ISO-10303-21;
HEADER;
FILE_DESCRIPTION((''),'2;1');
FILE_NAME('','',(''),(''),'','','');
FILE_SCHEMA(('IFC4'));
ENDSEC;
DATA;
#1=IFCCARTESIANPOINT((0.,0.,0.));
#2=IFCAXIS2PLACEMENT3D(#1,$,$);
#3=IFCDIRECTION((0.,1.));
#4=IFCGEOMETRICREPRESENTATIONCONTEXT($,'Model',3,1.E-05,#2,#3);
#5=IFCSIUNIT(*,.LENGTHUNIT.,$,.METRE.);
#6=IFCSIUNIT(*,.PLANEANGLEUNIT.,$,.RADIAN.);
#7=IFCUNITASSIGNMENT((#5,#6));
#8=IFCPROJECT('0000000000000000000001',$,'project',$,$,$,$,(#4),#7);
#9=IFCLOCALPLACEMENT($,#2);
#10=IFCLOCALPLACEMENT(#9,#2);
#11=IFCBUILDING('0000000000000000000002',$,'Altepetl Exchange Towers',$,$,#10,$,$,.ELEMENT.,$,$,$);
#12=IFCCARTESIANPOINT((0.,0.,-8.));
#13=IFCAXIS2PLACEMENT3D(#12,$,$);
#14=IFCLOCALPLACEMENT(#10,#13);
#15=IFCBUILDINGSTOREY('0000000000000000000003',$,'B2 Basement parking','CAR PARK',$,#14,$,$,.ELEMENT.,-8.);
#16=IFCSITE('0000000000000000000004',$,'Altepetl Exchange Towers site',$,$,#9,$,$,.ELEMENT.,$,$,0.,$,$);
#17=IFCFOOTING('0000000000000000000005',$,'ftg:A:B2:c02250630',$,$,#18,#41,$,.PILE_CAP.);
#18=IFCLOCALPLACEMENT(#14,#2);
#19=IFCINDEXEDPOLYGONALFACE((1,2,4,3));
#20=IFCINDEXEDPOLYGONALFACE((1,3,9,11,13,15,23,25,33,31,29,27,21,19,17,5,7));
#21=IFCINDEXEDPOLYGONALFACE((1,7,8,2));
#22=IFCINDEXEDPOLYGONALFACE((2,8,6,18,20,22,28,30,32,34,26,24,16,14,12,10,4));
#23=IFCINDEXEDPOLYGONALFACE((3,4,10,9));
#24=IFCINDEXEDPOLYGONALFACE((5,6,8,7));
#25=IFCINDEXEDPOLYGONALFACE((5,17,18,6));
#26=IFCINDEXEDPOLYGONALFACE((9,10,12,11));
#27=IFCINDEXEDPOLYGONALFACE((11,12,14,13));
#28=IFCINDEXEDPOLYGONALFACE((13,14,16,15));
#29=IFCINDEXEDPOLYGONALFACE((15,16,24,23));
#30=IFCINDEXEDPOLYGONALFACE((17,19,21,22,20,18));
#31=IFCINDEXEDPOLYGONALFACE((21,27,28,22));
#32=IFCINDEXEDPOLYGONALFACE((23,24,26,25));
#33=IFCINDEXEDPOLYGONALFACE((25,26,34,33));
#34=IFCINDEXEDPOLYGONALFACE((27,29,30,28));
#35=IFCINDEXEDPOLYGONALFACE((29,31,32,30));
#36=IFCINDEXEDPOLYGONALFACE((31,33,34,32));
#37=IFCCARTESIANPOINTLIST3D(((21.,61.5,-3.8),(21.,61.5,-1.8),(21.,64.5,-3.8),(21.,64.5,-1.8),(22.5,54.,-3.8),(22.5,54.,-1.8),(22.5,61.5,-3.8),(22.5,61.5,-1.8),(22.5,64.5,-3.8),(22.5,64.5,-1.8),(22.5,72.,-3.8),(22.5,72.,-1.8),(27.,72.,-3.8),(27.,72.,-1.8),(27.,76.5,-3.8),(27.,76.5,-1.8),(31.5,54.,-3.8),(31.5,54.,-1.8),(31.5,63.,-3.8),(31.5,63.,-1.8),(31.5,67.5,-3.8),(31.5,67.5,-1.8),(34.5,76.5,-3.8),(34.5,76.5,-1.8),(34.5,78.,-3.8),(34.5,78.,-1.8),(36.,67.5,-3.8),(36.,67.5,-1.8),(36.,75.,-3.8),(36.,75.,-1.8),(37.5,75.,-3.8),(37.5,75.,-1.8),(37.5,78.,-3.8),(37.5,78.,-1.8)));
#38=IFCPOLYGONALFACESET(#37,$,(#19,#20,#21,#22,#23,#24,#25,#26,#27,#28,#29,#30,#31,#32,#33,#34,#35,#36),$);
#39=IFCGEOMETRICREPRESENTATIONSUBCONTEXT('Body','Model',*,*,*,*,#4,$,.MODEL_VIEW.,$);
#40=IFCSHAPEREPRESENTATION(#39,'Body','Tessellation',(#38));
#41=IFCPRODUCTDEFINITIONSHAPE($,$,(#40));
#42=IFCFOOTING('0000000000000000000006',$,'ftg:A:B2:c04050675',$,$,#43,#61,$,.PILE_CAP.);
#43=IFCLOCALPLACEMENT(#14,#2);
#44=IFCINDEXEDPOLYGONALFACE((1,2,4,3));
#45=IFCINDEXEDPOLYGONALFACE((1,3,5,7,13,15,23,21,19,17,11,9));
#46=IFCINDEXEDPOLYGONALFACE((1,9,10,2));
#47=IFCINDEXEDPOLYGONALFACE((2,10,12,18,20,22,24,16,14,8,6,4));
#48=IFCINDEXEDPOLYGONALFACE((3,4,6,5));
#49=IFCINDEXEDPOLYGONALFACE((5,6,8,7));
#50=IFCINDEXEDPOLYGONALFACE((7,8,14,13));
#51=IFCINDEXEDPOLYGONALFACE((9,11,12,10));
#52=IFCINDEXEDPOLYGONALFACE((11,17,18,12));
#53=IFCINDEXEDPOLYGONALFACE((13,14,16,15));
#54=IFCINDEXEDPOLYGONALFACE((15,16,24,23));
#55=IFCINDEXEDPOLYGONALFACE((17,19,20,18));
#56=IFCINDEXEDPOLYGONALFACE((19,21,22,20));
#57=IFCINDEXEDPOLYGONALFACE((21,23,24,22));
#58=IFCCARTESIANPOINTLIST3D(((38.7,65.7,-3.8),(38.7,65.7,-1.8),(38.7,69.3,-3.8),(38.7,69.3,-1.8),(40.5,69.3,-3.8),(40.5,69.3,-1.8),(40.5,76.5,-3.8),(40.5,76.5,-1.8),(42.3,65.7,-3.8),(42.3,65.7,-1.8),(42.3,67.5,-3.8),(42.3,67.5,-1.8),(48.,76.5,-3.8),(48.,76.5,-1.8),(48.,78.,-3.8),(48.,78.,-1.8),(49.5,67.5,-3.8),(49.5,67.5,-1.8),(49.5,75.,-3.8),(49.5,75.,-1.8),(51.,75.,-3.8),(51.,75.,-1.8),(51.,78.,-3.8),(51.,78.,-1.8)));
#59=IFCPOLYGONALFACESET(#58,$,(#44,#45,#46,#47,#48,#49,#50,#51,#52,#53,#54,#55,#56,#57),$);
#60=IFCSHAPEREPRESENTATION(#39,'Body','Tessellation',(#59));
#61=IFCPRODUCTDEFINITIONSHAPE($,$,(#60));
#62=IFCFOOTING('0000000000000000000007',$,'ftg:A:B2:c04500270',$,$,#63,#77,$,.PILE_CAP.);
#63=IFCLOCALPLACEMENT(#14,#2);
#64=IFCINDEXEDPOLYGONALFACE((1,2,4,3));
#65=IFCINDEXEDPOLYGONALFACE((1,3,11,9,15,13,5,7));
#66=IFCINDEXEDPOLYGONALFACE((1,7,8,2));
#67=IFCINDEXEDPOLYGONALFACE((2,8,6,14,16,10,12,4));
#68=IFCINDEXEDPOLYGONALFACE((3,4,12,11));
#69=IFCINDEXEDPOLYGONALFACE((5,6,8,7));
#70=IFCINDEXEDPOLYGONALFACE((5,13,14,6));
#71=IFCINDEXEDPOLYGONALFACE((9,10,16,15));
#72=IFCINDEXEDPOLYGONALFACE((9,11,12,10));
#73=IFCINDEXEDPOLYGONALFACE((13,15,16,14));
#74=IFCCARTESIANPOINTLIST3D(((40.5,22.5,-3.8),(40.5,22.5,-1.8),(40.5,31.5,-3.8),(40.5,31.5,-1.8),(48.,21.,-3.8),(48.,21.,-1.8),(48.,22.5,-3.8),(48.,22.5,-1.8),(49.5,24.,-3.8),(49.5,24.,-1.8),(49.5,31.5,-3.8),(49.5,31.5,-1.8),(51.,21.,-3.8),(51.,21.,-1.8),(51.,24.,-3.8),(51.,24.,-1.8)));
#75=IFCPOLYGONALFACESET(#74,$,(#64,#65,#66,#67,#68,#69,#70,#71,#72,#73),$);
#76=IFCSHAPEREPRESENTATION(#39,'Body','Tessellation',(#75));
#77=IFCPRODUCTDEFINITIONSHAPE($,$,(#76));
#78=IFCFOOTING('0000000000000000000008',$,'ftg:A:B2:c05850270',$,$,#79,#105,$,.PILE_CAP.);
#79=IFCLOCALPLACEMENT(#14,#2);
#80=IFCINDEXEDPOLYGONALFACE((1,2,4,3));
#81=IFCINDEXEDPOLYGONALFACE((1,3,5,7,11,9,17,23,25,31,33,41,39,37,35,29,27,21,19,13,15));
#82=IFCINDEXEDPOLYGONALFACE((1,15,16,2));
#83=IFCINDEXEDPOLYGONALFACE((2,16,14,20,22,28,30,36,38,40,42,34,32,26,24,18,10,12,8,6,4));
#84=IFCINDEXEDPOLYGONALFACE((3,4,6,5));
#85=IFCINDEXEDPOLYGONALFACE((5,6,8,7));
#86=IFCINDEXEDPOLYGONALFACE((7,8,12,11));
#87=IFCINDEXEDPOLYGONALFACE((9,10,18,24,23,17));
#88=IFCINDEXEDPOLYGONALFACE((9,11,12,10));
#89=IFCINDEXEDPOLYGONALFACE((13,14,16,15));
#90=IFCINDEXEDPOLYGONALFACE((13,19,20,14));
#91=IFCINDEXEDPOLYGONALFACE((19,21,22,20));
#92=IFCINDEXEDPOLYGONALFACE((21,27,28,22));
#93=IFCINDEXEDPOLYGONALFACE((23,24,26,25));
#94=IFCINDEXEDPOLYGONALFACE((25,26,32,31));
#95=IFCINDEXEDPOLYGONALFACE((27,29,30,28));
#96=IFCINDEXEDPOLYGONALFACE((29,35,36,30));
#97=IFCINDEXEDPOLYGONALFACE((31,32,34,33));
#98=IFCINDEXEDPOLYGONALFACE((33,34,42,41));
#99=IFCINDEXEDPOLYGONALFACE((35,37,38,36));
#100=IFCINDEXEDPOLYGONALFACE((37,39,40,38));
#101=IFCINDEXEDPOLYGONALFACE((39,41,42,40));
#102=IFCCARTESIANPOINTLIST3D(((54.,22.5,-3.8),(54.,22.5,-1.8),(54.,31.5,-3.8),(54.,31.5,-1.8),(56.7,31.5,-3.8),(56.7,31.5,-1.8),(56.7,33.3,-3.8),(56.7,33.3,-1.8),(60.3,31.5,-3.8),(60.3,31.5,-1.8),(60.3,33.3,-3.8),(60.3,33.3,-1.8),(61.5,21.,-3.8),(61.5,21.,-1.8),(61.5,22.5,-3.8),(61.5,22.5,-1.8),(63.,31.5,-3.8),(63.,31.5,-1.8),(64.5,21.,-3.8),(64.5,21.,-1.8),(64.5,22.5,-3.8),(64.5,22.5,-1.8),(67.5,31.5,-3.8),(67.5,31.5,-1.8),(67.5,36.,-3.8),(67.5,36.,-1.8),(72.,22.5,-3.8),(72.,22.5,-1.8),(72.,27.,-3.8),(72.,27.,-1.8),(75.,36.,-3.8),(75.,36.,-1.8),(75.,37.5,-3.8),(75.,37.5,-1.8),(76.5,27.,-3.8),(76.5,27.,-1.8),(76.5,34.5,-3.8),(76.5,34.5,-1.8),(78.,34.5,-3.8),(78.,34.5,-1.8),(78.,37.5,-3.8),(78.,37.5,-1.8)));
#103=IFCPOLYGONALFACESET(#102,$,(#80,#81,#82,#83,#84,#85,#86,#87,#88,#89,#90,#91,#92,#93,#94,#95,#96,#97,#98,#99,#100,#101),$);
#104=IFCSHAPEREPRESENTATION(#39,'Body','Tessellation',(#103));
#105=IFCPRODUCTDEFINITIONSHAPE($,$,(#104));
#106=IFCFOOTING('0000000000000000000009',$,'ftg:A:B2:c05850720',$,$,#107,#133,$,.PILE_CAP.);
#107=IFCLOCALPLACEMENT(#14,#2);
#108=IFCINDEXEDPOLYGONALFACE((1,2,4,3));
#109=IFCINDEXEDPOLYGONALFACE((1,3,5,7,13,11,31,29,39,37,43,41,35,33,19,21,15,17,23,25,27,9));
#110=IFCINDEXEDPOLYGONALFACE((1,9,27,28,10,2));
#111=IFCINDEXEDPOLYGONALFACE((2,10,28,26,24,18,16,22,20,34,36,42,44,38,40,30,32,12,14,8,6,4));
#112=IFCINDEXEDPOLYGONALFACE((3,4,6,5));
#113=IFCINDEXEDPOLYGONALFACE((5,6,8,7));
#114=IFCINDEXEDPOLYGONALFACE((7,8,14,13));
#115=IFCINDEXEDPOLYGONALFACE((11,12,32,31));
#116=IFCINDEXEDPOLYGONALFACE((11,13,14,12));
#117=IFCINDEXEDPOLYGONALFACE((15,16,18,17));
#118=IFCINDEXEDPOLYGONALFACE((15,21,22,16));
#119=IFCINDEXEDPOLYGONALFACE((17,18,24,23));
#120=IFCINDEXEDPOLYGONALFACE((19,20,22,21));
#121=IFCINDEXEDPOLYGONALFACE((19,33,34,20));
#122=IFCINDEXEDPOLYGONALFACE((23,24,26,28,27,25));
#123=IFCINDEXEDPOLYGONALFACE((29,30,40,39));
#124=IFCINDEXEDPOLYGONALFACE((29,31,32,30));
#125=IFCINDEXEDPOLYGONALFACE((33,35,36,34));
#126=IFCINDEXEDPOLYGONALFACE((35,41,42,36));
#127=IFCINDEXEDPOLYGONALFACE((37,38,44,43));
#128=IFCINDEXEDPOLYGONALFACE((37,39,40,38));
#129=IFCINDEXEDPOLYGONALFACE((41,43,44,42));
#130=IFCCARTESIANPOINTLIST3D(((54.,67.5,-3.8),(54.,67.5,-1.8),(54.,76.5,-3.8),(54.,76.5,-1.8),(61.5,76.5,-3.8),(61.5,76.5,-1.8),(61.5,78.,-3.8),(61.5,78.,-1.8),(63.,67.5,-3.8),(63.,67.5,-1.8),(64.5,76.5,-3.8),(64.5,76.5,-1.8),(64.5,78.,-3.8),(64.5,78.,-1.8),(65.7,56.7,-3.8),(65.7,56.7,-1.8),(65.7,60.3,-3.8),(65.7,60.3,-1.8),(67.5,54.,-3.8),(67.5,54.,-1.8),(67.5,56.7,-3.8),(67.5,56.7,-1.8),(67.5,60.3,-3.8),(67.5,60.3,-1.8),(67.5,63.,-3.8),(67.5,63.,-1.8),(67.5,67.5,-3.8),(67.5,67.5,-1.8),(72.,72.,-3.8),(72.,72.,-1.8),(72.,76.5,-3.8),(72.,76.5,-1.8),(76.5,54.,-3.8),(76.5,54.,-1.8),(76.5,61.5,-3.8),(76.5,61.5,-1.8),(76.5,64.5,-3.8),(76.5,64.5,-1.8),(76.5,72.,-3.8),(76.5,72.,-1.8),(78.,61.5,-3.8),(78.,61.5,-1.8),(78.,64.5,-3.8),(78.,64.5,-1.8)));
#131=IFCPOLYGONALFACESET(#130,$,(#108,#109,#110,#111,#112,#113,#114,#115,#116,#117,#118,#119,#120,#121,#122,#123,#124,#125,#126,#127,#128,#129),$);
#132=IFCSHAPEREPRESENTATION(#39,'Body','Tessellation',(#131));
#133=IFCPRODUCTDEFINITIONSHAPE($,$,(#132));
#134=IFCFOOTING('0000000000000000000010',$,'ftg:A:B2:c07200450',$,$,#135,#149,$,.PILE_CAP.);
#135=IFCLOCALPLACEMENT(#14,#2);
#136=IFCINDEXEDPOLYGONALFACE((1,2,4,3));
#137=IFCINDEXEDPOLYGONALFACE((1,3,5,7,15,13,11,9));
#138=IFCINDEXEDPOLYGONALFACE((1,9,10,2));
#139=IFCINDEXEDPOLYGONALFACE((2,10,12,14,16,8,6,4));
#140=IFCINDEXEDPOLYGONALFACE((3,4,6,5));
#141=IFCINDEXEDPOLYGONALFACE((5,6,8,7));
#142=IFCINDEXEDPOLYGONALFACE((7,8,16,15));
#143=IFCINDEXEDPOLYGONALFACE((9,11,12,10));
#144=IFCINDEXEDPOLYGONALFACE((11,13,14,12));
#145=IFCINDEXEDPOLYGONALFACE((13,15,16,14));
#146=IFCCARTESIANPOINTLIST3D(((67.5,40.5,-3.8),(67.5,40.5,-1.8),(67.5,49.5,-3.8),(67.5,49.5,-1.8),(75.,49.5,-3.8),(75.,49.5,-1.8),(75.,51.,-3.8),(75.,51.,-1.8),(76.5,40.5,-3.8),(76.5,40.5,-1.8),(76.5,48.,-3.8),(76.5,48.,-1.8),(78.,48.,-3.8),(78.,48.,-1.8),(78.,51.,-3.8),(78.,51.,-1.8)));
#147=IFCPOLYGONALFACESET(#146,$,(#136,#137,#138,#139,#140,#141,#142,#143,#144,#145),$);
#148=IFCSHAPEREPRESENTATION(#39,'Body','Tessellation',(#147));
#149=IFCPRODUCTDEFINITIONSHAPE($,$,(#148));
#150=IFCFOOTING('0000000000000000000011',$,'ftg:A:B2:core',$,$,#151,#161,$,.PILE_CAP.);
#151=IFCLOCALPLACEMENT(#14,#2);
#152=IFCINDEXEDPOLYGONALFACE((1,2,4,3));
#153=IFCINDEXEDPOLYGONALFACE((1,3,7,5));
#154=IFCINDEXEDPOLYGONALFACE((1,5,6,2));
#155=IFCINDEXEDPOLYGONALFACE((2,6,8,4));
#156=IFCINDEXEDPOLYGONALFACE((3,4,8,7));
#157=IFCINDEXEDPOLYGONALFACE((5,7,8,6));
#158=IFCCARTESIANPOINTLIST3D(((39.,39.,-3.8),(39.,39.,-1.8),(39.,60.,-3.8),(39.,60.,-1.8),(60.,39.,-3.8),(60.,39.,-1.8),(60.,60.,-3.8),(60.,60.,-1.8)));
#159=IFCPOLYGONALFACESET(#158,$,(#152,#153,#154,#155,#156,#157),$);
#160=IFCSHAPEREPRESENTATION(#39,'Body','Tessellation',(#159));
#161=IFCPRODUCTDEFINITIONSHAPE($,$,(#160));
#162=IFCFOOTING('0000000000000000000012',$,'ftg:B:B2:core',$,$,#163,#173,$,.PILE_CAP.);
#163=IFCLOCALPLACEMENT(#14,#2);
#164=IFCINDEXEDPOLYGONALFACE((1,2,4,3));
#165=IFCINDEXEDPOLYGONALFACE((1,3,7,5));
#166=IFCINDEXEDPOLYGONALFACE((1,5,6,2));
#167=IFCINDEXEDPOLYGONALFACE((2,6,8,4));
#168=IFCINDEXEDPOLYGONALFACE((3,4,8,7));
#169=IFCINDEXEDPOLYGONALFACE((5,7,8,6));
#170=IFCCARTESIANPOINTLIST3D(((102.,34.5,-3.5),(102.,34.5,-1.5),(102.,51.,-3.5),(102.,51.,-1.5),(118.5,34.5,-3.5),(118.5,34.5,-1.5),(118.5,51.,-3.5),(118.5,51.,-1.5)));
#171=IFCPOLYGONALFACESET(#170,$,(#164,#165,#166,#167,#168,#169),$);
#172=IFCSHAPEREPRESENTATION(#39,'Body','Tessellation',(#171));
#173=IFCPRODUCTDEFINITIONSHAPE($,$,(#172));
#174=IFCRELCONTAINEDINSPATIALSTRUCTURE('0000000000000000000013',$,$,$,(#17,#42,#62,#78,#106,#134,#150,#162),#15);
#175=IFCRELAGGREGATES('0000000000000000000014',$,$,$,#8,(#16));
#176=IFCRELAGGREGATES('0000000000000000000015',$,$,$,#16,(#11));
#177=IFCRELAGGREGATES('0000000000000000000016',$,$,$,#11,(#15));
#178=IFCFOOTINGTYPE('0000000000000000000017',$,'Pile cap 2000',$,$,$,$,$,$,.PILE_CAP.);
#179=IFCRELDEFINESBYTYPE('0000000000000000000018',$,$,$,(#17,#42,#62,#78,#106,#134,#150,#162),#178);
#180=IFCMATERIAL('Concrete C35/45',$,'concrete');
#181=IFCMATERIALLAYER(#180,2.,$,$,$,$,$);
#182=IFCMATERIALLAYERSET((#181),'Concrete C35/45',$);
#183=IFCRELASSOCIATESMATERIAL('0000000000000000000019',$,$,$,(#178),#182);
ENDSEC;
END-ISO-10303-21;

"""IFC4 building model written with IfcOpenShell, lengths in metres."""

from ifc_helpers import new_model, si_unit, direction, frame, origin, place, context, subcontext, project, spatial, polyline, outline, extrude, material, layer, layer_set, type_object, element, save


model = new_model("IFC4")

# Units and contexts
model_context = context("Model", 3, precision=1e-05, world=origin(), true_north=direction((0.0, 1.0)))
body_context = subcontext(model_context, "Body", "Model", "MODEL_VIEW")
ifc_project = project(units=[si_unit("LENGTHUNIT", "METRE"), si_unit("PLANEANGLEUNIT", "RADIAN")], contexts=[model_context])

# Site, building, storey
site_placement = place(None, origin())
site = spatial("IfcSite", under=ifc_project, at=site_placement, Name="Altepetl Exchange Towers site", CompositionType="ELEMENT", RefElevation=0.0)
building_placement = place(site_placement, origin())
building = spatial("IfcBuilding", under=site, at=building_placement, Name="Altepetl Exchange Towers", CompositionType="ELEMENT")
storey_placement = place(building_placement, frame((0.0, 0.0, -8.0)))
storey = spatial("IfcBuildingStorey", under=building, at=storey_placement, Name="B2 Basement parking", Description="CAR PARK", CompositionType="ELEMENT", Elevation=-8.0)

# Footings
ifc_material = material(Name="Concrete C35/45", Category="concrete")
ifc_layer_1 = layer(ifc_material, 2.0)
ifc_layer_set_1 = layer_set([ifc_layer_1], Name="Concrete C35/45")
footing_type_1 = type_object("IfcFootingType", Name="Pile cap 2000", PredefinedType="PILE_CAP", material=ifc_layer_set_1)
footing_1_placement = place(storey_placement, frame((0.0, 0.0, -3.8)))
element("IfcFooting", 1, at=footing_1_placement, inside=storey, type_object=footing_type_1, Name="ftg:A:B2:c02250630", PredefinedType="PILE_CAP", context=body_context, shape_type="SweptSolid", body=[
    extrude(outline(polyline([(31.5, 54.0), (31.5, 63.0), (31.5, 67.5), (36.0, 67.5), (36.0, 75.0), (37.5, 75.0), (37.5, 78.0), (34.5, 78.0), (34.5, 76.5), (27.0, 76.5), (27.0, 72.0), (22.5, 72.0), (22.5, 64.5), (21.0, 64.5), (21.0, 61.5), (22.5, 61.5), (22.5, 54.0), (31.5, 54.0)])), origin(), (0.0, 0.0, 1.0), 2.0),
])
footing_2_placement = place(storey_placement, frame((0.0, 0.0, -3.8)))
element("IfcFooting", 2, at=footing_2_placement, inside=storey, type_object=footing_type_1, Name="ftg:A:B2:c04050675", PredefinedType="PILE_CAP", context=body_context, shape_type="SweptSolid", body=[
    extrude(outline(polyline([(42.3, 65.7), (42.3, 67.5), (49.5, 67.5), (49.5, 75.0), (51.0, 75.0), (51.0, 78.0), (48.0, 78.0), (48.0, 76.5), (40.5, 76.5), (40.5, 69.3), (38.7, 69.3), (38.7, 65.7), (42.3, 65.7)])), origin(), (0.0, 0.0, 1.0), 2.0),
])
footing_3_placement = place(storey_placement, frame((0.0, 0.0, -3.8)))
element("IfcFooting", 3, at=footing_3_placement, inside=storey, type_object=footing_type_1, Name="ftg:A:B2:c04500270", PredefinedType="PILE_CAP", context=body_context, shape_type="SweptSolid", body=[
    extrude(outline(polyline([(51.0, 24.0), (49.5, 24.0), (49.5, 31.5), (40.5, 31.5), (40.5, 22.5), (48.0, 22.5), (48.0, 21.0), (51.0, 21.0), (51.0, 24.0)])), origin(), (0.0, 0.0, 1.0), 2.0),
])
footing_4_placement = place(storey_placement, frame((0.0, 0.0, -3.8)))
element("IfcFooting", 4, at=footing_4_placement, inside=storey, type_object=footing_type_1, Name="ftg:A:B2:c05850270", PredefinedType="PILE_CAP", context=body_context, shape_type="SweptSolid", body=[
    extrude(outline(polyline([(61.5, 21.0), (64.5, 21.0), (64.5, 22.5), (72.0, 22.5), (72.0, 27.0), (76.5, 27.0), (76.5, 34.5), (78.0, 34.5), (78.0, 37.5), (75.0, 37.5), (75.0, 36.0), (67.5, 36.0), (67.5, 31.5), (63.0, 31.5), (60.3, 31.5), (60.3, 33.3), (56.7, 33.3), (56.7, 31.5), (54.0, 31.5), (54.0, 22.5), (61.5, 22.5), (61.5, 21.0)])), origin(), (0.0, 0.0, 1.0), 2.0),
])
footing_5_placement = place(storey_placement, frame((0.0, 0.0, -3.8)))
element("IfcFooting", 5, at=footing_5_placement, inside=storey, type_object=footing_type_1, Name="ftg:A:B2:c05850720", PredefinedType="PILE_CAP", context=body_context, shape_type="SweptSolid", body=[
    extrude(outline(polyline([(65.7, 60.3), (65.7, 56.7), (67.5, 56.7), (67.5, 54.0), (76.5, 54.0), (76.5, 61.5), (78.0, 61.5), (78.0, 64.5), (76.5, 64.5), (76.5, 72.0), (72.0, 72.0), (72.0, 76.5), (64.5, 76.5), (64.5, 78.0), (61.5, 78.0), (61.5, 76.5), (54.0, 76.5), (54.0, 67.5), (63.0, 67.5), (67.5, 67.5), (67.5, 63.0), (67.5, 60.3), (65.7, 60.3)])), origin(), (0.0, 0.0, 1.0), 2.0),
])
footing_6_placement = place(storey_placement, frame((0.0, 0.0, -3.8)))
element("IfcFooting", 6, at=footing_6_placement, inside=storey, type_object=footing_type_1, Name="ftg:A:B2:c07200450", PredefinedType="PILE_CAP", context=body_context, shape_type="SweptSolid", body=[
    extrude(outline(polyline([(76.5, 40.5), (76.5, 48.0), (78.0, 48.0), (78.0, 51.0), (75.0, 51.0), (75.0, 49.5), (67.5, 49.5), (67.5, 40.5), (76.5, 40.5)])), origin(), (0.0, 0.0, 1.0), 2.0),
])
footing_7_placement = place(storey_placement, frame((0.0, 0.0, -3.8)))
element("IfcFooting", 7, at=footing_7_placement, inside=storey, type_object=footing_type_1, Name="ftg:A:B2:core", PredefinedType="PILE_CAP", context=body_context, shape_type="SweptSolid", body=[
    extrude(outline(polyline([(60.0, 39.0), (60.0, 60.0), (39.0, 60.0), (39.0, 39.0), (60.0, 39.0)])), origin(), (0.0, 0.0, 1.0), 2.0),
])
footing_8_placement = place(storey_placement, frame((0.0, 0.0, -3.5)))
element("IfcFooting", 8, at=footing_8_placement, inside=storey, type_object=footing_type_1, Name="ftg:B:B2:core", PredefinedType="PILE_CAP", context=body_context, shape_type="SweptSolid", body=[
    extrude(outline(polyline([(118.5, 34.5), (118.5, 51.0), (102.0, 51.0), (102.0, 34.5), (118.5, 34.5)])), origin(), (0.0, 0.0, 1.0), 2.0),
])

save(model, "model.ifc")
